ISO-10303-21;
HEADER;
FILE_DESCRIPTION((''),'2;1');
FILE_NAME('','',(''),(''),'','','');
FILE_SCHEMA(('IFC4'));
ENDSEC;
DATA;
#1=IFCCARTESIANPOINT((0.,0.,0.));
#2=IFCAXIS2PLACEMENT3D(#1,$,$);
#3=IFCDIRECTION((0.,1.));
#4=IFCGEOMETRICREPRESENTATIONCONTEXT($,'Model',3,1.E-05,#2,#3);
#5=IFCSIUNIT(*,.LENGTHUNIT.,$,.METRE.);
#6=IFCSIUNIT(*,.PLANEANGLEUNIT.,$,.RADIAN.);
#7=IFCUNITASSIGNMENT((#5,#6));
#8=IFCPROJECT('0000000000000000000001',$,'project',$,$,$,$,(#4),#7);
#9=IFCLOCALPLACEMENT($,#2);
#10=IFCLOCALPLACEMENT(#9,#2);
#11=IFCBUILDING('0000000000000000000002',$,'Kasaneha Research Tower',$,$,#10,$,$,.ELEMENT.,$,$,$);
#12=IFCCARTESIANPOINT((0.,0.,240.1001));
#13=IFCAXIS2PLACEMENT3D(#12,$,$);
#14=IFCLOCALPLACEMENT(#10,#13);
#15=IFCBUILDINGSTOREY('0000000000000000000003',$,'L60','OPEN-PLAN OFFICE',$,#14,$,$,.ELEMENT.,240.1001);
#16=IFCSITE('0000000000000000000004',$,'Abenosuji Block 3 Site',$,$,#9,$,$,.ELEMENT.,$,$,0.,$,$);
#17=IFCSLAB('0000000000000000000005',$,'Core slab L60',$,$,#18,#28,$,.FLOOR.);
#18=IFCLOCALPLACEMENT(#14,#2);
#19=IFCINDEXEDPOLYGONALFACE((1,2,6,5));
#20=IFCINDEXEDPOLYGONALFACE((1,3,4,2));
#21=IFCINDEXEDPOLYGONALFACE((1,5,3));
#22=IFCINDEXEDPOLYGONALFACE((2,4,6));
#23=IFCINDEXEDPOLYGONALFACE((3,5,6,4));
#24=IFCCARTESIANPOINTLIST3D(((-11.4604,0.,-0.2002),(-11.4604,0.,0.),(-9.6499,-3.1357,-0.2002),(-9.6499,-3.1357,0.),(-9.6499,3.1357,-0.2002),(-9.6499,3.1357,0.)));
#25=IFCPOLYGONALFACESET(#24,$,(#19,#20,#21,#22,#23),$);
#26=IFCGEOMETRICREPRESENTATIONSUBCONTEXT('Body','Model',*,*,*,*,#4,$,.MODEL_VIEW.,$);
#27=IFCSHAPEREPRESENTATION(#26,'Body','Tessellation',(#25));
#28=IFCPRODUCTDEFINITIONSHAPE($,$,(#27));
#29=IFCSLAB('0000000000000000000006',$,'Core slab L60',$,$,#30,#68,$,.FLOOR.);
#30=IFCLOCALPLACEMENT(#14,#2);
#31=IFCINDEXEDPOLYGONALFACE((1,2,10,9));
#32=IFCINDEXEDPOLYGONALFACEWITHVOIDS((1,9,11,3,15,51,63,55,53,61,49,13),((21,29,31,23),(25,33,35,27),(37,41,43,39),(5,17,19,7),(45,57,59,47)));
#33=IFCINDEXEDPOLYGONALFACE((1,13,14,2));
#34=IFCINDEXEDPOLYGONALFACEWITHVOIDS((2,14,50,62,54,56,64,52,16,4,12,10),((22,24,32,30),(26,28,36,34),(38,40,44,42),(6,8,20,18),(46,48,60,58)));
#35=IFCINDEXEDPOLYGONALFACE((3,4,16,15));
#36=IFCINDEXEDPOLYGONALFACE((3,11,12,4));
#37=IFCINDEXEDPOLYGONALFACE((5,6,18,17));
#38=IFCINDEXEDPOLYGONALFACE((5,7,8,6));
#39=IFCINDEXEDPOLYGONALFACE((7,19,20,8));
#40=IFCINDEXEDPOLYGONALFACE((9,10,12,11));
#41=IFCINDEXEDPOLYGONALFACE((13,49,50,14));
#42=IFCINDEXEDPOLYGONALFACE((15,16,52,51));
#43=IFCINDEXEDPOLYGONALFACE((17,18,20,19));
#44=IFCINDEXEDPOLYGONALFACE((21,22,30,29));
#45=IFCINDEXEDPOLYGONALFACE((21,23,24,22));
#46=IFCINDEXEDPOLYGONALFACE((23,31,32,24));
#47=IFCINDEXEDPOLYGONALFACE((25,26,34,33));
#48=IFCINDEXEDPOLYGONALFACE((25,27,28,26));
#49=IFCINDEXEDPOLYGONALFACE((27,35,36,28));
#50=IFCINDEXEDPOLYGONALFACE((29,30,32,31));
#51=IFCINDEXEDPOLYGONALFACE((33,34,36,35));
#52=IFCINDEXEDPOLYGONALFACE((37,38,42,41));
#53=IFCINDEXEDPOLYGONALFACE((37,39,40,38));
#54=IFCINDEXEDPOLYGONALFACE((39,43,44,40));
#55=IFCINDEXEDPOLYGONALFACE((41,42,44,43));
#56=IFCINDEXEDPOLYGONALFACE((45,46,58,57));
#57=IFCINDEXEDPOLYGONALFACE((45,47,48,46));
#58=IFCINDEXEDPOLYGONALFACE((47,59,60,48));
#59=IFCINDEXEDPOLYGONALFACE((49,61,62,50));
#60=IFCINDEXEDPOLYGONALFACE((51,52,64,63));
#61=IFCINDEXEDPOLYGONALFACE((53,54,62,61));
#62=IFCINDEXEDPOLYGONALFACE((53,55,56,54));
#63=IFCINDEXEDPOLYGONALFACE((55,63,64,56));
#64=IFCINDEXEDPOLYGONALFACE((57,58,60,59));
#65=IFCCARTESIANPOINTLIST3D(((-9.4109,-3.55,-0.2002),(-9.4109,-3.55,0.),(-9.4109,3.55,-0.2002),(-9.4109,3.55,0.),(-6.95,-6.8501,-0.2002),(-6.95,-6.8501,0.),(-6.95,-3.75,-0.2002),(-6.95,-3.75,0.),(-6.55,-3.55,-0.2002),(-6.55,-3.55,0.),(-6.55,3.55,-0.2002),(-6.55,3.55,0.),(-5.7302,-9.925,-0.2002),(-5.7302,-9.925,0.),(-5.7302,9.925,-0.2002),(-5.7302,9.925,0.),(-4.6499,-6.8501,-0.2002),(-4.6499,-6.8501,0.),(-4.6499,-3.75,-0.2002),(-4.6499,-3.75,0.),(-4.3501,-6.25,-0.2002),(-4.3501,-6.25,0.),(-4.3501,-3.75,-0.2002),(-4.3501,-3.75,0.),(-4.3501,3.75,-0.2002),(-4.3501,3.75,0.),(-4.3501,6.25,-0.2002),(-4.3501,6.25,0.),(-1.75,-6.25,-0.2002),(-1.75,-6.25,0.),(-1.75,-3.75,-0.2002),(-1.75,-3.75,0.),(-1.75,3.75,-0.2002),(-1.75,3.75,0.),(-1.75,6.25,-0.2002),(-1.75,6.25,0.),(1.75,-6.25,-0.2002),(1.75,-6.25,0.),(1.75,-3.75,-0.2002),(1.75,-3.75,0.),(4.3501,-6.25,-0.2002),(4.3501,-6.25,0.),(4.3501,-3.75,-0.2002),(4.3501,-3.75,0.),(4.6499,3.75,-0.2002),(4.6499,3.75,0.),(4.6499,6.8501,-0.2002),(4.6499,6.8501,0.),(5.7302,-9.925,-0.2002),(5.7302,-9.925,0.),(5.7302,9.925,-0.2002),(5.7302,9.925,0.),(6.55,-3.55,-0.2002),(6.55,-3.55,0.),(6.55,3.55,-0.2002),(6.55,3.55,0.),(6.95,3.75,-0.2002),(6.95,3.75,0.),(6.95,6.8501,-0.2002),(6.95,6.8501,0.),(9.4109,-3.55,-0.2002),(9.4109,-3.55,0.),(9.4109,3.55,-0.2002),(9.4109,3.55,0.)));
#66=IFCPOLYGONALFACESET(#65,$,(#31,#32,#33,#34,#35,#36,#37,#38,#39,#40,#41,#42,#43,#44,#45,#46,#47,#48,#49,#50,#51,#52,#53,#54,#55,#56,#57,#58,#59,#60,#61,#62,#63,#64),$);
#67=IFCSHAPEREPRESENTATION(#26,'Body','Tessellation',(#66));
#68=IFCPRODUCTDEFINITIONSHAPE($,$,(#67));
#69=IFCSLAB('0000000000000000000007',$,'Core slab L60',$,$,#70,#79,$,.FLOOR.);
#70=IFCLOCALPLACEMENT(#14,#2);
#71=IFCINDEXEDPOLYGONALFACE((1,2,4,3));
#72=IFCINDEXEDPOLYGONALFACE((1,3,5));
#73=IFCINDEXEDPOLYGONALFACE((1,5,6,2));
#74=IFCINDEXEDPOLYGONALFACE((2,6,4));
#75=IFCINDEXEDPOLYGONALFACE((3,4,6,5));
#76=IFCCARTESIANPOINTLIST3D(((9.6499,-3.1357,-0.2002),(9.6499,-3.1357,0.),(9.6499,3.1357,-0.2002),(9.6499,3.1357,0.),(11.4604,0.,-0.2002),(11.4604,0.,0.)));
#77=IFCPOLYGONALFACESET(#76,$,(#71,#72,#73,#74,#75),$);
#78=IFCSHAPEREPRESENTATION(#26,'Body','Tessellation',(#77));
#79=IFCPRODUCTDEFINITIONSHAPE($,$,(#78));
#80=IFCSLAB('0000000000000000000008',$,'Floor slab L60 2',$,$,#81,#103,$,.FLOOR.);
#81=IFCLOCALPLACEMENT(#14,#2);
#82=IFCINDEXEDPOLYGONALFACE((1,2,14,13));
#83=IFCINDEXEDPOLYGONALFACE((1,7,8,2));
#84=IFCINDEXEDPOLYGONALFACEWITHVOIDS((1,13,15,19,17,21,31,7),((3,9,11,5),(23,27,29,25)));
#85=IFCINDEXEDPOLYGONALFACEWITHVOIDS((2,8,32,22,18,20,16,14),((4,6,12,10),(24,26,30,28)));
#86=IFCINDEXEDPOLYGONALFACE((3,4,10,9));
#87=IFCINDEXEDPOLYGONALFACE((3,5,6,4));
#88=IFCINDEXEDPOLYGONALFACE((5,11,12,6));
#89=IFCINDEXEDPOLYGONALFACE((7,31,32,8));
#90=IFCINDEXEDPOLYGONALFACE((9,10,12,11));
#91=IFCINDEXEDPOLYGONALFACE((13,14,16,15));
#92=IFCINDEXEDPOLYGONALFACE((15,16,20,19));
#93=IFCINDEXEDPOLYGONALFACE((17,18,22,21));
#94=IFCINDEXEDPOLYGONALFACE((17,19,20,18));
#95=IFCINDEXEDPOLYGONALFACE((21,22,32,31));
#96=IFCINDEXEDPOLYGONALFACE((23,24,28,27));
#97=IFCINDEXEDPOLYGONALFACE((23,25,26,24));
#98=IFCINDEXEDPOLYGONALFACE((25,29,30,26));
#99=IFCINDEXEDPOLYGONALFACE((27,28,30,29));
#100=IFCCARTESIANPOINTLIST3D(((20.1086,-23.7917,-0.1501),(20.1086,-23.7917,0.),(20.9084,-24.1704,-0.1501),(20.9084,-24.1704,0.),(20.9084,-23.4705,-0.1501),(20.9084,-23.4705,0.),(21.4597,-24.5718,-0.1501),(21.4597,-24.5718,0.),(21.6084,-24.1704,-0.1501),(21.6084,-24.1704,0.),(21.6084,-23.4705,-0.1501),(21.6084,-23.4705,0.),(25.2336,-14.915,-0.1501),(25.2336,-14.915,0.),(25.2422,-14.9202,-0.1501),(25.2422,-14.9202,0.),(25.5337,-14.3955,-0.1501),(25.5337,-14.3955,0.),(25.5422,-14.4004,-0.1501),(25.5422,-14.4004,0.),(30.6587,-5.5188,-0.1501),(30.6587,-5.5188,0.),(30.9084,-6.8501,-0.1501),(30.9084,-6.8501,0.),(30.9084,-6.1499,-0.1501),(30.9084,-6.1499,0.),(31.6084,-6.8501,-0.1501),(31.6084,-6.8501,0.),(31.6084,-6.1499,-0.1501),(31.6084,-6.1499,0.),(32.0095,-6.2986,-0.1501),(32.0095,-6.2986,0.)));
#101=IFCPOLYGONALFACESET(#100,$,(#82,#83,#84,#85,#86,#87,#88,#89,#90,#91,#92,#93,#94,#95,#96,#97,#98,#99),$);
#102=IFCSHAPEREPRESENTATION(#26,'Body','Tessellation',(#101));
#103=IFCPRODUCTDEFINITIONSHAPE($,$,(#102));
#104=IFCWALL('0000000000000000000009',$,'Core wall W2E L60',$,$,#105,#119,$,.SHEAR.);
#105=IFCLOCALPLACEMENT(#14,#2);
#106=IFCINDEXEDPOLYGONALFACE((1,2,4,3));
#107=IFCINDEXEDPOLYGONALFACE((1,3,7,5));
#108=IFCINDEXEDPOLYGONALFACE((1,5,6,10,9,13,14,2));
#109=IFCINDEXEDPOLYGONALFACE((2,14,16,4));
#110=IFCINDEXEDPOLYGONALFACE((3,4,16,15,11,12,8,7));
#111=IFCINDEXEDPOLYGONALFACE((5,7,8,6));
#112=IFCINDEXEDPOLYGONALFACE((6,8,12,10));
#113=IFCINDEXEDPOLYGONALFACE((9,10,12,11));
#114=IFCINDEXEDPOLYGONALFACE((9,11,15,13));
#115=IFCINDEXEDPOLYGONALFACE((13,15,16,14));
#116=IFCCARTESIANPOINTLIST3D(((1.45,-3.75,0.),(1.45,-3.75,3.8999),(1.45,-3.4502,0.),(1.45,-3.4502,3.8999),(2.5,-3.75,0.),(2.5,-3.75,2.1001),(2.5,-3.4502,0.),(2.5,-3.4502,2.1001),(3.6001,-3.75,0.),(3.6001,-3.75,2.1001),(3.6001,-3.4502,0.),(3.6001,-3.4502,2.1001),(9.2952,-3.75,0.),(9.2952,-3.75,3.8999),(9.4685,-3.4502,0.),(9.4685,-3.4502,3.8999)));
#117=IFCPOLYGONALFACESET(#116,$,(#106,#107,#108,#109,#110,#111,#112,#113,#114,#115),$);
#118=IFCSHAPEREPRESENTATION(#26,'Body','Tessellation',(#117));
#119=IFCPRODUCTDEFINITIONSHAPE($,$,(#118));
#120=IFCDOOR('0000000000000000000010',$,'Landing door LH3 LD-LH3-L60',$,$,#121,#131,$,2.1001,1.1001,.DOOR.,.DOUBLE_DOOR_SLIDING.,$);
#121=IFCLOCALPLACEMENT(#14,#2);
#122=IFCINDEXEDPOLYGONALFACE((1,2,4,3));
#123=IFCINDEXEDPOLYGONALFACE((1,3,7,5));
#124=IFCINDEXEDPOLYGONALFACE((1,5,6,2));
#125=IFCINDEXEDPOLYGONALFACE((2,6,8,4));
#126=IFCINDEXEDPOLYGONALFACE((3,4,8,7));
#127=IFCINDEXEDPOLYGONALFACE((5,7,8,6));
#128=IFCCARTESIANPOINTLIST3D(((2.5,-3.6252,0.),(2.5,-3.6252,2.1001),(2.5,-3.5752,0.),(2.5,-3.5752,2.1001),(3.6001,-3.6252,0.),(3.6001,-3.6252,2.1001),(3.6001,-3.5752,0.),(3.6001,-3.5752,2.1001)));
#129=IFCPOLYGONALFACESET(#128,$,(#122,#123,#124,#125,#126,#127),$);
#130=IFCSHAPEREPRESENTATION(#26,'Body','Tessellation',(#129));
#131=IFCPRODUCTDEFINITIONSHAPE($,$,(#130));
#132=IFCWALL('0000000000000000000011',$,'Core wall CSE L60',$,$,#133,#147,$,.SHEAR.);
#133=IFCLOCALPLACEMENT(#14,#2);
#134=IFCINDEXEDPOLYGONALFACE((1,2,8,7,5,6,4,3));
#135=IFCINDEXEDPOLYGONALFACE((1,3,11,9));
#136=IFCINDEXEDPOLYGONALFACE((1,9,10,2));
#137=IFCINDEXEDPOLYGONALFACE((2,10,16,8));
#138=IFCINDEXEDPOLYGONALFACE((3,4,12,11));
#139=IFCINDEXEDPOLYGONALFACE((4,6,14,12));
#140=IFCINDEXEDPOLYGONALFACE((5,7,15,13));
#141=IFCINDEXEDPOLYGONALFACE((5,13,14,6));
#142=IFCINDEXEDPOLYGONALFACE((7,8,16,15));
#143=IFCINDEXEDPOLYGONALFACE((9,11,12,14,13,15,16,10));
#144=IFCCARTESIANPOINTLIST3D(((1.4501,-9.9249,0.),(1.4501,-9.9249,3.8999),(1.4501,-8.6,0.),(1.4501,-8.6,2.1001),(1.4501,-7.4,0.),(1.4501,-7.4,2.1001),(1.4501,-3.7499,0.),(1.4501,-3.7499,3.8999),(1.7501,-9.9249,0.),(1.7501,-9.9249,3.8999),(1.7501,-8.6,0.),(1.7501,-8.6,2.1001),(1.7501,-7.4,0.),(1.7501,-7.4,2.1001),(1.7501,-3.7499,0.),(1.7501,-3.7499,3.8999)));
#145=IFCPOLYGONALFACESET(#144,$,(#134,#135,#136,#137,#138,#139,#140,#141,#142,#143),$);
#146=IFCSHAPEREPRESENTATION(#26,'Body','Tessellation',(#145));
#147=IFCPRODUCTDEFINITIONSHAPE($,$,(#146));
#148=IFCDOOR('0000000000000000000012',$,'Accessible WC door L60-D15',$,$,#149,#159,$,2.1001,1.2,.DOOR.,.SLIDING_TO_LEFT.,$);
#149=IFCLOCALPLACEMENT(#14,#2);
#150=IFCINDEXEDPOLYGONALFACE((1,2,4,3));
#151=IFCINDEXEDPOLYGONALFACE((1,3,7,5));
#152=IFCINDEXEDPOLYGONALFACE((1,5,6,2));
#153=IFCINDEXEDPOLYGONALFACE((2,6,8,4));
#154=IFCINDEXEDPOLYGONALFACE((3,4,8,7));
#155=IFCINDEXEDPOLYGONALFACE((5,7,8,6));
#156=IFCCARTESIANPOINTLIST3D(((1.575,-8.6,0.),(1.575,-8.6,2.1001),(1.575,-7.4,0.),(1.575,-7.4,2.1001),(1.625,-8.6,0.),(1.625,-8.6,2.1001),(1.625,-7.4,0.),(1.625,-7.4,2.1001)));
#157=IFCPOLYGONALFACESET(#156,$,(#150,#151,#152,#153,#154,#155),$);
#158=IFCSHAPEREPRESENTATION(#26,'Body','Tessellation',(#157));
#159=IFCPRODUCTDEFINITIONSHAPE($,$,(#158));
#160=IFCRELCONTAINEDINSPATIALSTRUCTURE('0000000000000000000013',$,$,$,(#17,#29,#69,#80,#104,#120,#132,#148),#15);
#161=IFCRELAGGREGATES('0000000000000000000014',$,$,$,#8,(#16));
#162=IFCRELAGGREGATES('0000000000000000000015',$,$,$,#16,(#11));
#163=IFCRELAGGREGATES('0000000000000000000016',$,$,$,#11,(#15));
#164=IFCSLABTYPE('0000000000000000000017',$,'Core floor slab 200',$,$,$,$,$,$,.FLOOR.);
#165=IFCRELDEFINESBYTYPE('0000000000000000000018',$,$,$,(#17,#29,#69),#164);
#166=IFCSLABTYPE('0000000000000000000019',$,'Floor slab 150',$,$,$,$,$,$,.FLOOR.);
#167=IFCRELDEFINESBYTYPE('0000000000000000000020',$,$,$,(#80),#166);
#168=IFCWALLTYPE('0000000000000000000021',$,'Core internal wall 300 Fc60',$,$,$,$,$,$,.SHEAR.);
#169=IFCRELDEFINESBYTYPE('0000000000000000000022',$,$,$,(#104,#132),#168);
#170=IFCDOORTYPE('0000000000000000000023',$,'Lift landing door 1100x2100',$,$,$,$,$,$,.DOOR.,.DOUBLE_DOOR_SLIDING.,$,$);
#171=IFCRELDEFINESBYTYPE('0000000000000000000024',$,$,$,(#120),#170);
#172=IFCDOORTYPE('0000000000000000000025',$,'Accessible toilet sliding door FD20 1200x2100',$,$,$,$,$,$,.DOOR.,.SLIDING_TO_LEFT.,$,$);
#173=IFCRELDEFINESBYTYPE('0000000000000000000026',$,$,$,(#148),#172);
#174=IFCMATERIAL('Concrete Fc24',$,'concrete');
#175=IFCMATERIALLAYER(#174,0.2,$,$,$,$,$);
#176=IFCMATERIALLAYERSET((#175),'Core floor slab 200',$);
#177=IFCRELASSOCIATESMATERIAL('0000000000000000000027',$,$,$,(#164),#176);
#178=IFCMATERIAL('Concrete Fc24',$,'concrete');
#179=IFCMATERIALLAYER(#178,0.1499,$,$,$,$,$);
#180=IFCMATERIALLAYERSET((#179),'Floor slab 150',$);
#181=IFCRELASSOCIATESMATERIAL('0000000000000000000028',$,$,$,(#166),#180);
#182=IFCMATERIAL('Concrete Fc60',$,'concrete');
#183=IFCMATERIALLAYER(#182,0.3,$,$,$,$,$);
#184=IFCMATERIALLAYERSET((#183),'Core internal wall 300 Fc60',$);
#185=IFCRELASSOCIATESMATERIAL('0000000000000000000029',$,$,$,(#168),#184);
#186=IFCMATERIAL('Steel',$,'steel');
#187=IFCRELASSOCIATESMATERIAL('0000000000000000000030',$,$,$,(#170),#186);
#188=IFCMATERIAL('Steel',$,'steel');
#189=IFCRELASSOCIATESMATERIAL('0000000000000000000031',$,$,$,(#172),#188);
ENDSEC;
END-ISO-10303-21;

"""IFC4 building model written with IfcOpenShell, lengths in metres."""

from ifc_helpers import new_model, si_unit, direction, frame, frame_2d, origin, place, context, subcontext, project, spatial, polyline, rectangle, outline, extrude, material, layer, layer_set, type_object, element, fill, save


model = new_model("IFC4")

# Units and contexts
model_context = context("Model", 3, precision=1e-05, world=origin(), true_north=direction((0.0, 1.0)))
body_context = subcontext(model_context, "Body", "Model", "MODEL_VIEW")
ifc_project = project(units=[si_unit("LENGTHUNIT", "METRE"), si_unit("PLANEANGLEUNIT", "RADIAN")], contexts=[model_context])

# Site, building, storey
site_placement = place(None, origin())
site = spatial("IfcSite", under=ifc_project, at=site_placement, Name="Abenosuji Block 3 Site", CompositionType="ELEMENT", RefElevation=0.0)
building_placement = place(site_placement, origin())
building = spatial("IfcBuilding", under=site, at=building_placement, Name="Kasaneha Research Tower", CompositionType="ELEMENT")
storey_placement = place(building_placement, frame((0.0, 0.0, 240.1001)))
storey = spatial("IfcBuildingStorey", under=building, at=storey_placement, Name="L60", Description="OPEN-PLAN OFFICE", CompositionType="ELEMENT", Elevation=240.1001)

# Slabs
ifc_material_1 = material(Name="Concrete Fc24", Category="concrete")
ifc_layer_1 = layer(ifc_material_1, 0.2)
ifc_layer_set_1 = layer_set([ifc_layer_1], Name="Core floor slab 200")
slab_type_1 = type_object("IfcSlabType", Name="Core floor slab 200", PredefinedType="FLOOR", material=ifc_layer_set_1)
slab_1_placement = place(storey_placement, frame((0.0, 0.0, -0.2002)))
element("IfcSlab", 1, at=slab_1_placement, inside=storey, type_object=slab_type_1, Name="Core slab L60", PredefinedType="FLOOR", context=body_context, shape_type="SweptSolid", body=[
    extrude(outline(polyline([(-11.4604, 0.0), (-9.6499, 3.1357), (-9.6499, -3.1357), (-11.4604, 0.0)])), origin(), (0.0, 0.0, 1.0), 0.2002),
])
slab_2_placement = place(storey_placement, frame((0.0, 0.0, -0.2002)))
element("IfcSlab", 2, at=slab_2_placement, inside=storey, type_object=slab_type_1, Name="Core slab L60", PredefinedType="FLOOR", context=body_context, shape_type="SweptSolid", body=[
    extrude(outline(polyline([(-5.7302, 9.925), (5.7302, 9.925), (9.4109, 3.55), (6.55, 3.55), (6.55, -3.55), (9.4109, -3.55), (5.7302, -9.925), (-5.7302, -9.925), (-9.4109, -3.55), (-6.55, -3.55), (-6.55, 3.55), (-9.4109, 3.55), (-5.7302, 9.925)]), holes=[polyline([(-6.95, -6.8501), (-4.6499, -6.8501), (-4.6499, -3.75), (-6.95, -3.75), (-6.95, -6.8501)]), polyline([(-4.3501, -3.75), (-4.3501, -6.25), (-1.75, -6.25), (-1.75, -3.75), (-4.3501, -3.75)]), polyline([(1.75, -3.75), (1.75, -6.25), (4.3501, -6.25), (4.3501, -3.75), (1.75, -3.75)]), polyline([(-4.3501, 6.25), (-4.3501, 3.75), (-1.75, 3.75), (-1.75, 6.25), (-4.3501, 6.25)]), polyline([(4.6499, 6.8501), (4.6499, 3.75), (6.95, 3.75), (6.95, 6.8501), (4.6499, 6.8501)])]), origin(), (0.0, 0.0, 1.0), 0.2002),
])
slab_3_placement = place(storey_placement, frame((0.0, 0.0, -0.2002)))
element("IfcSlab", 3, at=slab_3_placement, inside=storey, type_object=slab_type_1, Name="Core slab L60", PredefinedType="FLOOR", context=body_context, shape_type="SweptSolid", body=[
    extrude(outline(polyline([(11.4604, 0.0), (9.6499, -3.1357), (9.6499, 3.1357), (11.4604, 0.0)])), origin(), (0.0, 0.0, 1.0), 0.2002),
])
ifc_material_2 = material(Name="Concrete Fc24", Category="concrete")
ifc_layer_2 = layer(ifc_material_2, 0.1499)
ifc_layer_set_2 = layer_set([ifc_layer_2], Name="Floor slab 150")
slab_type_2 = type_object("IfcSlabType", Name="Floor slab 150", PredefinedType="FLOOR", material=ifc_layer_set_2)
slab_4_placement = place(storey_placement, frame((0.0, 0.0, -0.1501)))
element("IfcSlab", 4, at=slab_4_placement, inside=storey, type_object=slab_type_2, Name="Floor slab L60 2", PredefinedType="FLOOR", context=body_context, shape_type="SweptSolid", body=[
    extrude(outline(polyline([(32.0095, -6.2986), (21.4597, -24.5718), (20.1086, -23.7917), (25.2336, -14.915), (25.2422, -14.9202), (25.5422, -14.4004), (25.5337, -14.3955), (30.6587, -5.5188), (32.0095, -6.2986)]), holes=[polyline([(20.9084, -24.1704), (21.6084, -24.1704), (21.6084, -23.4705), (20.9084, -23.4705), (20.9084, -24.1704)]), polyline([(30.9084, -6.8501), (31.6084, -6.8501), (31.6084, -6.1499), (30.9084, -6.1499), (30.9084, -6.8501)])]), origin(), (0.0, 0.0, 1.0), 0.1501),
])

# Walls, openings, doors
ifc_material_3 = material(Name="Concrete Fc60", Category="concrete")
ifc_layer_3 = layer(ifc_material_3, 0.3)
ifc_layer_set_3 = layer_set([ifc_layer_3], Name="Core internal wall 300 Fc60")
wall_type = type_object("IfcWallType", Name="Core internal wall 300 Fc60", PredefinedType="SHEAR", material=ifc_layer_set_3)
wall_1_placement = place(storey_placement, frame((1.45, -3.6001, 0.0), z_axis=(0.0, 0.0, 1.0), x_axis=(1.0, 0.0, 0.0)))
wall_1 = element("IfcWall", 5, at=wall_1_placement, inside=storey, type_object=wall_type, Name="Core wall W2E L60", PredefinedType="SHEAR", context=body_context, shape_type="SweptSolid", body=[
    extrude(outline(polyline([(0.0, -0.1499), (1.05, -0.1499), (2.1501, -0.1499), (7.8452, -0.1499), (8.0186, 0.1499), (2.1501, 0.1499), (1.05, 0.1499), (0.0, 0.1499), (0.0, -0.1499)])), origin(), (0.0, 0.0, 1.0), 3.8999),
])
opening_1_placement = place(wall_1_placement, frame((1.05, 0.0, 0.0)))
opening_1 = element("IfcOpeningElement", 6, at=opening_1_placement, cuts=wall_1, PredefinedType="OPENING", context=body_context, shape_type="SweptSolid", body=[
    extrude(rectangle(XDim=1.1001, YDim=2.1001, at=frame_2d((0.55, 1.05))), frame((0.0, 0.1602, 0.0), z_axis=(0.0, -1.0, 0.0), x_axis=(1.0, 0.0, 0.0)), (0.0, 0.0, 1.0), 0.3201),
])
ifc_material_4 = material(Name="Steel", Category="steel")
door_type_1 = type_object("IfcDoorType", Name="Lift landing door 1100x2100", OperationType="DOUBLE_DOOR_SLIDING", PredefinedType="DOOR", material=ifc_material_4)
door_1_placement = place(opening_1_placement, origin())
door_1 = element("IfcDoor", 7, at=door_1_placement, inside=storey, type_object=door_type_1, Name="Landing door LH3 LD-LH3-L60", OperationType="DOUBLE_DOOR_SLIDING", OverallHeight=2.1001, OverallWidth=1.1001, PredefinedType="DOOR", context=body_context, shape_type="SweptSolid", body=[
    extrude(rectangle(XDim=1.1001, YDim=2.1001, at=frame_2d((0.55, 1.05))), frame((0.0, 0.0249, 0.0), z_axis=(0.0, -1.0, 0.0), x_axis=(1.0, 0.0, 0.0)), (0.0, 0.0, 1.0), 0.05),
])
fill(opening_1, door_1)
wall_2_placement = place(storey_placement, frame((1.6001, -3.75, 0.0), z_axis=(0.0, 0.0, 1.0), x_axis=(0.0, -1.0, 0.0)))
wall_2 = element("IfcWall", 8, at=wall_2_placement, inside=storey, type_object=wall_type, Name="Core wall CSE L60", PredefinedType="SHEAR", context=body_context, shape_type="SweptSolid", body=[
    extrude(rectangle(XDim=6.175, YDim=0.3, at=frame_2d((3.0874, 0.0))), origin(), (0.0, 0.0, 1.0), 3.8999),
])
opening_2_placement = place(wall_2_placement, frame((3.6499, 0.0, 0.0)))
opening_2 = element("IfcOpeningElement", 9, at=opening_2_placement, cuts=wall_2, PredefinedType="OPENING", context=body_context, shape_type="SweptSolid", body=[
    extrude(rectangle(XDim=1.2, YDim=2.1001, at=frame_2d((0.6001, 1.05))), frame((0.0, 0.1602, 0.0), z_axis=(0.0, -1.0, 0.0), x_axis=(1.0, 0.0, 0.0)), (0.0, 0.0, 1.0), 0.3201),
])
ifc_material_5 = material(Name="Steel", Category="steel")
door_type_2 = type_object("IfcDoorType", Name="Accessible toilet sliding door FD20 1200x2100", OperationType="SLIDING_TO_LEFT", PredefinedType="DOOR", material=ifc_material_5)
door_2_placement = place(opening_2_placement, origin())
door_2 = element("IfcDoor", 10, at=door_2_placement, inside=storey, type_object=door_type_2, Name="Accessible WC door L60-D15", OperationType="SLIDING_TO_LEFT", OverallHeight=2.1001, OverallWidth=1.2, PredefinedType="DOOR", context=body_context, shape_type="SweptSolid", body=[
    extrude(rectangle(XDim=1.2, YDim=2.1001, at=frame_2d((0.6001, 1.05))), frame((0.0, 0.0249, 0.0), z_axis=(0.0, -1.0, 0.0), x_axis=(1.0, 0.0, 0.0)), (0.0, 0.0, 1.0), 0.05),
])
fill(opening_2, door_2)

save(model, "model.ifc")
